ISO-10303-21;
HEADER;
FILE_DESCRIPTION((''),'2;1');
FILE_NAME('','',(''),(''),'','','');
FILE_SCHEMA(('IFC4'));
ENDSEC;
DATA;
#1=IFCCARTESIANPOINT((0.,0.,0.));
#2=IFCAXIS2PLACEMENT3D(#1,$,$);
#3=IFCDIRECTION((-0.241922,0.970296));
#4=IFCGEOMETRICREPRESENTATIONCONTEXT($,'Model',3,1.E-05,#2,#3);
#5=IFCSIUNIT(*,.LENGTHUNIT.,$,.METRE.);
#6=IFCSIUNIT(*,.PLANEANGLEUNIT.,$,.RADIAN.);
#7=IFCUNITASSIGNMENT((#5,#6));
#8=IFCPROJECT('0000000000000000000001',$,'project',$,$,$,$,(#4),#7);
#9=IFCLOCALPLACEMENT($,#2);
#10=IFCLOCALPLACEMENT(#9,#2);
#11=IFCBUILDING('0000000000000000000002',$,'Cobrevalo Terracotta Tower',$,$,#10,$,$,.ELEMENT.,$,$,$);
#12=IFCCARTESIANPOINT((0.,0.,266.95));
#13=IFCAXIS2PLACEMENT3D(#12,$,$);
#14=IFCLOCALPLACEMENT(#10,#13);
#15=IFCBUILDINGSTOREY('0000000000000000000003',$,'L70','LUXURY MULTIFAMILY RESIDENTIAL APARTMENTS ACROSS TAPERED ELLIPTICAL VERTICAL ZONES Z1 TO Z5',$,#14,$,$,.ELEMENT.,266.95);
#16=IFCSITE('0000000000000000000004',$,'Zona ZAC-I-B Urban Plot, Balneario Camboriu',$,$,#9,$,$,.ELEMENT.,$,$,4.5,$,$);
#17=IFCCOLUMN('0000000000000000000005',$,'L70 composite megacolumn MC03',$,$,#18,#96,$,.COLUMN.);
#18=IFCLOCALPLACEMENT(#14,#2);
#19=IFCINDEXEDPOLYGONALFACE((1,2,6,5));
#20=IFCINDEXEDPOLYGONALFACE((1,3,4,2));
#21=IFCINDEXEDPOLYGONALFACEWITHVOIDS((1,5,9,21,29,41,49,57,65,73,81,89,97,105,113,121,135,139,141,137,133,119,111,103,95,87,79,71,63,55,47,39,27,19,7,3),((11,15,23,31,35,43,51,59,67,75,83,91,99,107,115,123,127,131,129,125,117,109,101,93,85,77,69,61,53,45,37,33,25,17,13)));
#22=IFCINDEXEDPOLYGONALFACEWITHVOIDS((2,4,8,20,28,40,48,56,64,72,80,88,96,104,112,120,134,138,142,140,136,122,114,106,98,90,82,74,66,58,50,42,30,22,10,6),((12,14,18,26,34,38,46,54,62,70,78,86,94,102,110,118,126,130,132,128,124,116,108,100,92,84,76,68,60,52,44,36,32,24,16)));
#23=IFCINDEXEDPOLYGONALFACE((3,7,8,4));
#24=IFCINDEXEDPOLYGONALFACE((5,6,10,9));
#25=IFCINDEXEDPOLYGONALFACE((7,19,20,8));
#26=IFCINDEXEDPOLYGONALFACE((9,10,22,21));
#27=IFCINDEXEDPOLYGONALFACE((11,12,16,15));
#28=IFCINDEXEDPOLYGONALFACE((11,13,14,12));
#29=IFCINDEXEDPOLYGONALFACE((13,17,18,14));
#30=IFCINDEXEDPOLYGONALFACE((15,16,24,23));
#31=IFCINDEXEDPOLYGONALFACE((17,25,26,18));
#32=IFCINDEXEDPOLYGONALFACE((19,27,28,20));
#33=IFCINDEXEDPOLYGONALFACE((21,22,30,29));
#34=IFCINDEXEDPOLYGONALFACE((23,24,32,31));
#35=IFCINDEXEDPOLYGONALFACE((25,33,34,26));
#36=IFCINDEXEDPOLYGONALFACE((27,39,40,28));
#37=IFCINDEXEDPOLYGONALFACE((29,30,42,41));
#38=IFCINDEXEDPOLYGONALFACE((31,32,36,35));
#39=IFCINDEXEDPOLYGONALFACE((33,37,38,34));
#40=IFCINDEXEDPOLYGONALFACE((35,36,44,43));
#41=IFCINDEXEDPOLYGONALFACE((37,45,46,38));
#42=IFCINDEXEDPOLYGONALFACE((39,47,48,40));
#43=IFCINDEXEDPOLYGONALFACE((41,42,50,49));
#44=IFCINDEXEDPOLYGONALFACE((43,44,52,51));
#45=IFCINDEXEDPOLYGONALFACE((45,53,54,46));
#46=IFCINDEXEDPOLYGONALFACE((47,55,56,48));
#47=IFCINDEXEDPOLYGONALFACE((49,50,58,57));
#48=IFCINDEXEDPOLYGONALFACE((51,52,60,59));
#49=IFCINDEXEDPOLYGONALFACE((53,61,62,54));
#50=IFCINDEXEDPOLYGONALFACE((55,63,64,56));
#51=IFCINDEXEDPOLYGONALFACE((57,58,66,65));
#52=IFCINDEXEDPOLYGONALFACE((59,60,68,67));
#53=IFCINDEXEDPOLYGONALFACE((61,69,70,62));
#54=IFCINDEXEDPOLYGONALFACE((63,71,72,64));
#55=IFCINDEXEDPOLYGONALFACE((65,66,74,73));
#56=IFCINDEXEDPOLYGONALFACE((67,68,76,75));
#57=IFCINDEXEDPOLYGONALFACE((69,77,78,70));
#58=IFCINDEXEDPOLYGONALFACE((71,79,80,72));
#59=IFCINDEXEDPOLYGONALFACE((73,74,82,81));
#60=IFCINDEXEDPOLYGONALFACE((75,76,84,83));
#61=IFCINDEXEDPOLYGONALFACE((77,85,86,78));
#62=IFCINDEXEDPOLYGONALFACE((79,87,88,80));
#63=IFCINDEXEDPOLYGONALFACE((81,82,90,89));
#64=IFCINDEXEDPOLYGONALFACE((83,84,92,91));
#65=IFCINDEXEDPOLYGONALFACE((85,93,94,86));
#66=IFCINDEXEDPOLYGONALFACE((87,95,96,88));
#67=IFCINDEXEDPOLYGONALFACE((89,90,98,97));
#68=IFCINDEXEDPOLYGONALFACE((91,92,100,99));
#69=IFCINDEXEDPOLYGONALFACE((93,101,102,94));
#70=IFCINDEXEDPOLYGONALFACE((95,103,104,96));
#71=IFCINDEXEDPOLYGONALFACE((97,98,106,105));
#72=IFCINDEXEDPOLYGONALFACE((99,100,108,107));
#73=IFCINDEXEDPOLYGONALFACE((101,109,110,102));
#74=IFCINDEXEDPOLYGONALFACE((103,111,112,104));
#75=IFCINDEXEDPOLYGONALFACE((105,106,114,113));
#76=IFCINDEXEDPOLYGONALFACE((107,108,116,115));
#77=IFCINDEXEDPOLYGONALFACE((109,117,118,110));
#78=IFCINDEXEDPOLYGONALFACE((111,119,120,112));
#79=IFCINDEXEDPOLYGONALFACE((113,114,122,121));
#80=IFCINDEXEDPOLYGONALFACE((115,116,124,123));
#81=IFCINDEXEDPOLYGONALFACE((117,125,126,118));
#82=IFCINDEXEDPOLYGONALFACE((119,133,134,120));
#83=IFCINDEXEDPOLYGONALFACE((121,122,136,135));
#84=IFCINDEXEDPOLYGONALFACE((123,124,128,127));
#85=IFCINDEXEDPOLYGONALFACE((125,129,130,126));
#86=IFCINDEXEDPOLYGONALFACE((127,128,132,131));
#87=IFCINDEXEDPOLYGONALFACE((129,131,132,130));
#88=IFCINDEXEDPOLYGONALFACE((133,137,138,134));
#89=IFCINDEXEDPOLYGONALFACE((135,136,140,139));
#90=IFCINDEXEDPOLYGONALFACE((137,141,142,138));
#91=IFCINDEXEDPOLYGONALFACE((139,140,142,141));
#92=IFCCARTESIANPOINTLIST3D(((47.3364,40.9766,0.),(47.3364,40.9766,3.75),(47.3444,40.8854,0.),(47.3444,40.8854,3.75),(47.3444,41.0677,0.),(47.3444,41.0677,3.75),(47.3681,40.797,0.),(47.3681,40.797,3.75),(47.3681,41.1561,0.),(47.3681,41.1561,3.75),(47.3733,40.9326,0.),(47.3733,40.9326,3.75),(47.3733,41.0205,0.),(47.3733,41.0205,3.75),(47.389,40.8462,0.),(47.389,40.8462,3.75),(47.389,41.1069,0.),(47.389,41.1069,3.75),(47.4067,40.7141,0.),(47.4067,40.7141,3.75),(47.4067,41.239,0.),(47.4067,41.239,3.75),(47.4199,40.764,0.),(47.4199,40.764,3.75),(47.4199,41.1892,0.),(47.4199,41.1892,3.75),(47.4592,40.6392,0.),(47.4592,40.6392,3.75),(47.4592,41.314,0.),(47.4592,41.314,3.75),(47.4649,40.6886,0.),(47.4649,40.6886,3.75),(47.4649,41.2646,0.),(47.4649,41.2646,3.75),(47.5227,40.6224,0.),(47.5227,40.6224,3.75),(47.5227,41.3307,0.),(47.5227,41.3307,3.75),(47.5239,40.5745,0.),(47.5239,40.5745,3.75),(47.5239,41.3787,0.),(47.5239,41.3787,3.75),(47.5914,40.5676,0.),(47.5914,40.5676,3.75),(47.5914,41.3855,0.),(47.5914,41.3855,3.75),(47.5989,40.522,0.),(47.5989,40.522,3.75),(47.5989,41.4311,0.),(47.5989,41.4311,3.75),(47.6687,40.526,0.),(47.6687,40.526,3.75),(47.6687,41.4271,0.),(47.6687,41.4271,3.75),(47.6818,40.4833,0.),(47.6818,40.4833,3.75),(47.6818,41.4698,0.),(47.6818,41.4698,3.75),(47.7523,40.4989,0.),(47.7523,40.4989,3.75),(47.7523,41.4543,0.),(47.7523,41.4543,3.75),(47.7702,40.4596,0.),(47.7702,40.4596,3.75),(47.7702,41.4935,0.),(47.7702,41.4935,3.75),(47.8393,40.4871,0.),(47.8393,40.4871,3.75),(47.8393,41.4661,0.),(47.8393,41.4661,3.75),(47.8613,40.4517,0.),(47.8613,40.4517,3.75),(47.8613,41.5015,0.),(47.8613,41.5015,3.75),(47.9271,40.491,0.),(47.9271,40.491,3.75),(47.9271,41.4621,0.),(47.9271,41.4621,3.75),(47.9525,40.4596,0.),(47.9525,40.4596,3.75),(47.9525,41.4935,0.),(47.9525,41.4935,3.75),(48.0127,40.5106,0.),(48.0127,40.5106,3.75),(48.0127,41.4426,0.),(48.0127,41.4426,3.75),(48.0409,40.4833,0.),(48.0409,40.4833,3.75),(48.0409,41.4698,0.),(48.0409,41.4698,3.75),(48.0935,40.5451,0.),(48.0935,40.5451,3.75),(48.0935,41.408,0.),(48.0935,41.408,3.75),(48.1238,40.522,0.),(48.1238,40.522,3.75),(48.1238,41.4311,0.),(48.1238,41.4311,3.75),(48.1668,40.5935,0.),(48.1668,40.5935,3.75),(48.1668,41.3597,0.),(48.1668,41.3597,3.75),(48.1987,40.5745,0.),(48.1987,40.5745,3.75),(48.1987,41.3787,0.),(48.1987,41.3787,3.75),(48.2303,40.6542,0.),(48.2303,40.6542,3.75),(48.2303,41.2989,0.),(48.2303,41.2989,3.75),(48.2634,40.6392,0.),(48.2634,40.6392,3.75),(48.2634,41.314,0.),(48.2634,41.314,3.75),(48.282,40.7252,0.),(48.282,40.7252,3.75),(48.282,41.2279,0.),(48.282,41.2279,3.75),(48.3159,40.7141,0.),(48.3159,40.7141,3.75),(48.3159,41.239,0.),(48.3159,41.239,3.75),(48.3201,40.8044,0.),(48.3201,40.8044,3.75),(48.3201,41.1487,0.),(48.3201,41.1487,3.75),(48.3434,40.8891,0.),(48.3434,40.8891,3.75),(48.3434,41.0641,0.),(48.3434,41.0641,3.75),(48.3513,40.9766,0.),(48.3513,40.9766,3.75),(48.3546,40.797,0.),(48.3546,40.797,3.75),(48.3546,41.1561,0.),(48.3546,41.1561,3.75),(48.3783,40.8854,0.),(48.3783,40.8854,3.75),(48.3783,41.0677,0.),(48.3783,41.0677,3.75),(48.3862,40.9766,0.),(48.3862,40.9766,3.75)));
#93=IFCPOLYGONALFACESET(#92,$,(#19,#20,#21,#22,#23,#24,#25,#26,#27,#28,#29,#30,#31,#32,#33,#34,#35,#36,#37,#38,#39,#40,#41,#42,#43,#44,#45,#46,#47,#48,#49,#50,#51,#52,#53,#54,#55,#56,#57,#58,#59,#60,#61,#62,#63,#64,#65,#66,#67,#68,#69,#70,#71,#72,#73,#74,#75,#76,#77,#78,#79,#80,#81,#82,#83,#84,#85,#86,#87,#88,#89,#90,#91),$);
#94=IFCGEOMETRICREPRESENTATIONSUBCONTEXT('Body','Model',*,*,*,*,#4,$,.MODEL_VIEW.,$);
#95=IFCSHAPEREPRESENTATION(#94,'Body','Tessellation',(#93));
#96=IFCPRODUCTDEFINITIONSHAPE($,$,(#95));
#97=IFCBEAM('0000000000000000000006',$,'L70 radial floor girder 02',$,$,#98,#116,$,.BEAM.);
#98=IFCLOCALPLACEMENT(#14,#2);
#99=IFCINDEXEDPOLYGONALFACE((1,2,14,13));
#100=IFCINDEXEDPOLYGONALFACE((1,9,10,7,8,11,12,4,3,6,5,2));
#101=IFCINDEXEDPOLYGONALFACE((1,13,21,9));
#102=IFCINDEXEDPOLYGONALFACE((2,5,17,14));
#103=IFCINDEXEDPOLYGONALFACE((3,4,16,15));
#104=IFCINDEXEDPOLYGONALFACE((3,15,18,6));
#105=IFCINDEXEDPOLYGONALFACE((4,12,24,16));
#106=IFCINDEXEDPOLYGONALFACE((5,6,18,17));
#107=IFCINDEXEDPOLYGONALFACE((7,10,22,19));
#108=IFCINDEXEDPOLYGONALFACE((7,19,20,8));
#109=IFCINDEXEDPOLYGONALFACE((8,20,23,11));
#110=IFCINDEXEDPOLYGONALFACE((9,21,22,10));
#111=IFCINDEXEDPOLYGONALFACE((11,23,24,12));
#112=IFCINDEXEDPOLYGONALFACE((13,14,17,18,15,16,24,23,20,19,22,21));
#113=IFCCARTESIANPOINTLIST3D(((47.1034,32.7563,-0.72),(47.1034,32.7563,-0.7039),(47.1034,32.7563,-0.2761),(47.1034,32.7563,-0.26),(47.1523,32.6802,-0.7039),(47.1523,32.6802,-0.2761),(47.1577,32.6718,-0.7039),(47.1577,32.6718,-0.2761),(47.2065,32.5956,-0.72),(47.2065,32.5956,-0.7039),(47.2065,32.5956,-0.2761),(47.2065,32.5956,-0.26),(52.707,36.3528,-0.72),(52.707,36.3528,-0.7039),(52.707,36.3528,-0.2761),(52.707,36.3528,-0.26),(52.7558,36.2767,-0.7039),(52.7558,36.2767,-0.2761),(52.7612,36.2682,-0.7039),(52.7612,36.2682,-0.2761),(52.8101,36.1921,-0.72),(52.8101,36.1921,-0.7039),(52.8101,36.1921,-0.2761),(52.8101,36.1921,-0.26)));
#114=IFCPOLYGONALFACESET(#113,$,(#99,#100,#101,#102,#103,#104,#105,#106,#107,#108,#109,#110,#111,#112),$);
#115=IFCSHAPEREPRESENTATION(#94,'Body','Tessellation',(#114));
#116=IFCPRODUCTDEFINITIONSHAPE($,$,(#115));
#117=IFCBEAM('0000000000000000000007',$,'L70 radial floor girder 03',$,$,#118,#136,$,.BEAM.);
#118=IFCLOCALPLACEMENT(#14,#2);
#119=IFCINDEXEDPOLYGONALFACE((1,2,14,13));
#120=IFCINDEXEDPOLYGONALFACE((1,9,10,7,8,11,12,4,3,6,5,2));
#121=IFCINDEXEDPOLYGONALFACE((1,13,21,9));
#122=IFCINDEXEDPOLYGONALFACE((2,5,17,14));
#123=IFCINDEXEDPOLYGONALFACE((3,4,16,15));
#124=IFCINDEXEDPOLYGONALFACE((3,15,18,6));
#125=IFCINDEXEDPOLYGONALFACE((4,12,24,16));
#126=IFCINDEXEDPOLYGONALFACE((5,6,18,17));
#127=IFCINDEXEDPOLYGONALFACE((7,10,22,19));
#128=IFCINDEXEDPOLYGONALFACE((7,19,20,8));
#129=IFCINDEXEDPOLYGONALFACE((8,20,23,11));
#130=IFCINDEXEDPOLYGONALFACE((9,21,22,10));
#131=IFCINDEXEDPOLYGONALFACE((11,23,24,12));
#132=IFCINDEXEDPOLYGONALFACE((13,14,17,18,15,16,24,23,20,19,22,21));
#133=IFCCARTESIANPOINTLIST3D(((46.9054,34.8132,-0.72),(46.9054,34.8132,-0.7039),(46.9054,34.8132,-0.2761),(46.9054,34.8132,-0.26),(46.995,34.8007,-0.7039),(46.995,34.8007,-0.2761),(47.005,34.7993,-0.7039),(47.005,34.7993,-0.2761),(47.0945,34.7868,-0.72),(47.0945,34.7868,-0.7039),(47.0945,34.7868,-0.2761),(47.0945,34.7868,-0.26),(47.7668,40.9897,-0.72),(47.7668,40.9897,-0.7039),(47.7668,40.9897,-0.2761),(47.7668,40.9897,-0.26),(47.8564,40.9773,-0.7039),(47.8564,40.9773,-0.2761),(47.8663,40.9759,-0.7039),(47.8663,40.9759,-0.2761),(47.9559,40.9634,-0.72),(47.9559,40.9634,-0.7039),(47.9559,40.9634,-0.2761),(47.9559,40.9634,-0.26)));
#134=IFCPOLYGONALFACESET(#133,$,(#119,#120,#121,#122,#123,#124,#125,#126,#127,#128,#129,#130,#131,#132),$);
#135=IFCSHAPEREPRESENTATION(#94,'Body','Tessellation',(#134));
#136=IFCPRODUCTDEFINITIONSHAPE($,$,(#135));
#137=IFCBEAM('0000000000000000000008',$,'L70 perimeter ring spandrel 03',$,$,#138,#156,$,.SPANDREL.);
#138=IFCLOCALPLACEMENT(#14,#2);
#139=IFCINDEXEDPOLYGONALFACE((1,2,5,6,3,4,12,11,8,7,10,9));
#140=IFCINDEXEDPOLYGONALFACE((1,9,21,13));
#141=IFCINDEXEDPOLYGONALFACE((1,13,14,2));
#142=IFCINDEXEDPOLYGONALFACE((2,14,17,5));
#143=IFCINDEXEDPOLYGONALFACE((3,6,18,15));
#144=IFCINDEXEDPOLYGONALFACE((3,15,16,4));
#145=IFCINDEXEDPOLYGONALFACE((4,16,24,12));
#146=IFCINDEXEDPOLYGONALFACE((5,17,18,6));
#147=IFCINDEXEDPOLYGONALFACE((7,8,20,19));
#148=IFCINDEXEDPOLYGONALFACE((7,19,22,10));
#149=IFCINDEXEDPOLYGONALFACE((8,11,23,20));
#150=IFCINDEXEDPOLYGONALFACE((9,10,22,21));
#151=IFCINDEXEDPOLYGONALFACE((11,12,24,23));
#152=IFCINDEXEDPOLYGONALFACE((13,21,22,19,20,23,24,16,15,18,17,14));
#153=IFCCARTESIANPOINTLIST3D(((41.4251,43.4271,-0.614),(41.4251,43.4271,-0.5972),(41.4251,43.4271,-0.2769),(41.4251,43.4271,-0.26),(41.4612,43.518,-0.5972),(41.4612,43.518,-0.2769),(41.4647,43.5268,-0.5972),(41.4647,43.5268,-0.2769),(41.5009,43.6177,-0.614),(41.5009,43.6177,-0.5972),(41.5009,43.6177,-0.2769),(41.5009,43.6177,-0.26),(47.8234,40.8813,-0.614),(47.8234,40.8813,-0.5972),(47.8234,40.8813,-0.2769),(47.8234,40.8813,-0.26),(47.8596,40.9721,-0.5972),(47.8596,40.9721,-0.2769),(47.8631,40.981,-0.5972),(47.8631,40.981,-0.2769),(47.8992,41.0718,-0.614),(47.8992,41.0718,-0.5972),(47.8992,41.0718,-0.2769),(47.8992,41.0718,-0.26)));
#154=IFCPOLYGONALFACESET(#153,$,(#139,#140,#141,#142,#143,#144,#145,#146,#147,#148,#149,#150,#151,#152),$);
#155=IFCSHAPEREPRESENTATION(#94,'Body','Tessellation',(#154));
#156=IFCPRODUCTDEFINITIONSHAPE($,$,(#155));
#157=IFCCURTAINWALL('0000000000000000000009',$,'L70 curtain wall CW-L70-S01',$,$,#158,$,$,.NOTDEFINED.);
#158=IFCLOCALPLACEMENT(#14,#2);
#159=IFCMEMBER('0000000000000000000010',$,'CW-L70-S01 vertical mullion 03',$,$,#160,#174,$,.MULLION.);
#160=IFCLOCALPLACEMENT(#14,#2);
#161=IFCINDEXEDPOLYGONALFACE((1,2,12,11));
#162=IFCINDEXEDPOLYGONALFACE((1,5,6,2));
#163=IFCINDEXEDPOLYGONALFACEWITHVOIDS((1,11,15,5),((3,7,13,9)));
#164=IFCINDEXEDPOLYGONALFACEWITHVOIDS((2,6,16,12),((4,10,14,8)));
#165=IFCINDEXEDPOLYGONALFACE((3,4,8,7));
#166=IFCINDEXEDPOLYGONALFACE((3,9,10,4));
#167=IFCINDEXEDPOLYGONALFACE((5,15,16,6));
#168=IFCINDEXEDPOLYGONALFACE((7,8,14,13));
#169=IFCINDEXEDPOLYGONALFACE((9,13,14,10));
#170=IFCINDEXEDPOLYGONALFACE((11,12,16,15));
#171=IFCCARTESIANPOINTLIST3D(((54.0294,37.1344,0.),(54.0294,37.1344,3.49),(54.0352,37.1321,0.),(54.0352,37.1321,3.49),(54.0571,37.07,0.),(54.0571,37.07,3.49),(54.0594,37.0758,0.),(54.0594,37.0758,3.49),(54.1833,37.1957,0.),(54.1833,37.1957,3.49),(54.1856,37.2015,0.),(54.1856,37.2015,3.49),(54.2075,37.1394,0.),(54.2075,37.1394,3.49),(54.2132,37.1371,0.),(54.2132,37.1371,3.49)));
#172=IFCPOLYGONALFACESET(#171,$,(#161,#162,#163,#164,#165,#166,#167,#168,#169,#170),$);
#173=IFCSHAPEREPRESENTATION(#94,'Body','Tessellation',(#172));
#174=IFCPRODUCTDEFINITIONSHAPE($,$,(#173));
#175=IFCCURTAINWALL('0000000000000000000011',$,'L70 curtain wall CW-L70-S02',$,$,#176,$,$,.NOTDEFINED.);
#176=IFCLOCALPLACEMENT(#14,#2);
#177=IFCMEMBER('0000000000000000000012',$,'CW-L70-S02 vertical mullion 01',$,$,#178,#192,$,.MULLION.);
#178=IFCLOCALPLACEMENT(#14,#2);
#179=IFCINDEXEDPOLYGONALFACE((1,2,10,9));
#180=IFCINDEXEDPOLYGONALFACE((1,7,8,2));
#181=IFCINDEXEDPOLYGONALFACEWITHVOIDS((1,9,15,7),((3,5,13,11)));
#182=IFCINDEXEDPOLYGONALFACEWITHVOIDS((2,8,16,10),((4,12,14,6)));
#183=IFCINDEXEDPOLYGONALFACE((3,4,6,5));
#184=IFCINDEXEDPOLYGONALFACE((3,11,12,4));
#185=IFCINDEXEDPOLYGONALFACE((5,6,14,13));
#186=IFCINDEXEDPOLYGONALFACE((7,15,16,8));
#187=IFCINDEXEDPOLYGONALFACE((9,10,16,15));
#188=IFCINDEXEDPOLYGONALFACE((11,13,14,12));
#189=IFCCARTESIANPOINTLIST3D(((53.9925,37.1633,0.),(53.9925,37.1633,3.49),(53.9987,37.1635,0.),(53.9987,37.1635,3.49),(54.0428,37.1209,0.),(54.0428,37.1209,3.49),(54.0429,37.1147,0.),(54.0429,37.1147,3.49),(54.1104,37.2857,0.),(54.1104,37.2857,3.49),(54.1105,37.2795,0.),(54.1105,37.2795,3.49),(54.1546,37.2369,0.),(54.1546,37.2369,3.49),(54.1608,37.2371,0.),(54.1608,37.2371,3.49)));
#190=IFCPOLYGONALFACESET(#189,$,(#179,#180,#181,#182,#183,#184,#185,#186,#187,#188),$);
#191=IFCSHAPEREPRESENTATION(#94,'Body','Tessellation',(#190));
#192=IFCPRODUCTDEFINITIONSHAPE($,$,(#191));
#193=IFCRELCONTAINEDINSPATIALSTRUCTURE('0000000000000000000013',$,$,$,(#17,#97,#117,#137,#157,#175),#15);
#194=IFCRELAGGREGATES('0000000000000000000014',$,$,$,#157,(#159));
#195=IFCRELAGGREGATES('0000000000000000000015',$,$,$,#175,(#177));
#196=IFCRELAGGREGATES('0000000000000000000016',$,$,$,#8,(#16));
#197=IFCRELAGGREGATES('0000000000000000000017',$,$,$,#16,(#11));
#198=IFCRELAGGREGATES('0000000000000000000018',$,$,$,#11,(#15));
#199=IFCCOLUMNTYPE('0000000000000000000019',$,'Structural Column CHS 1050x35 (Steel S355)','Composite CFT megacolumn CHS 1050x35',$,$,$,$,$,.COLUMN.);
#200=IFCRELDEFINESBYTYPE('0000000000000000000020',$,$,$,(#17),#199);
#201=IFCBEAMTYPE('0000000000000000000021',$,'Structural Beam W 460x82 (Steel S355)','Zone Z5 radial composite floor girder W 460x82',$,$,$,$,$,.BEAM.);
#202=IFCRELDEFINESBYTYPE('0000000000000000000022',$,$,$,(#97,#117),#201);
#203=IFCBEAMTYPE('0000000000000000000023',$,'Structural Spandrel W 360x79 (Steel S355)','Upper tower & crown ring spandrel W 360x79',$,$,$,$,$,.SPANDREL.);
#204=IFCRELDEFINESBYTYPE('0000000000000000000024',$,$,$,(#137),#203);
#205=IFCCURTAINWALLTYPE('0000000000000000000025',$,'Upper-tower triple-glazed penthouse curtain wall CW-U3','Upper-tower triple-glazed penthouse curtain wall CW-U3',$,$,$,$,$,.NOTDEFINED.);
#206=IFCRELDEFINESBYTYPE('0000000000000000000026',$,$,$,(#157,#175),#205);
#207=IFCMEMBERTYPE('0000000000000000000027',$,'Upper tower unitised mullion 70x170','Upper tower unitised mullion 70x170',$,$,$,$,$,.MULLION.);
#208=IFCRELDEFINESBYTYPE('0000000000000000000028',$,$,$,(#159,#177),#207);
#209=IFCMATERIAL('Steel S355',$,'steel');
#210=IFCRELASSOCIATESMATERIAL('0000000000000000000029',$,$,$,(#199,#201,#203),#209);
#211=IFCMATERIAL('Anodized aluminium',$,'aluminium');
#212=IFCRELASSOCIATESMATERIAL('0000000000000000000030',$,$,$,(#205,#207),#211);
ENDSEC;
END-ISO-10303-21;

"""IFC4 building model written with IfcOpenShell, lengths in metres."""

from ifc_helpers import new_model, si_unit, direction, frame, origin, origin_2d, place, context, subcontext, project, spatial, hollow_rectangle, hollow_circle, i_section, extrude, source, transform, mapped, material, material_profile, profile_set, type_object, element, aggregate, save


model = new_model("IFC4")

# Units and contexts
model_context = context("Model", 3, precision=1e-05, world=origin(), true_north=direction((-0.241922, 0.970296)))
body_context = subcontext(model_context, "Body", "Model", "MODEL_VIEW")
ifc_project = project(units=[si_unit("LENGTHUNIT", "METRE"), si_unit("PLANEANGLEUNIT", "RADIAN")], contexts=[model_context])

# Site, building, storey
site_placement = place(None, origin())
site = spatial("IfcSite", under=ifc_project, at=site_placement, Name="Zona ZAC-I-B Urban Plot, Balneario Camboriu", CompositionType="ELEMENT", RefElevation=4.5)
building_placement = place(site_placement, origin())
building = spatial("IfcBuilding", under=site, at=building_placement, Name="Cobrevalo Terracotta Tower", CompositionType="ELEMENT")
storey_placement = place(building_placement, frame((0.0, 0.0, 266.95)))
storey = spatial("IfcBuildingStorey", under=building, at=storey_placement, Name="L70", Description="LUXURY MULTIFAMILY RESIDENTIAL APARTMENTS ACROSS TAPERED ELLIPTICAL VERTICAL ZONES Z1 TO Z5", CompositionType="ELEMENT", Elevation=266.95)

# Column
ifc_material_1 = material(Name="Steel S355", Category="steel")
ifc_material_profile_1 = material_profile(ifc_material_1, hollow_circle(Radius=0.5249, WallThickness=0.0349, at=origin_2d()), Name="CHS 1050x35")
ifc_profile_set_1 = profile_set([ifc_material_profile_1], Name="Steel S355")
column_type = type_object("IfcColumnType", Name="Structural Column CHS 1050x35 (Steel S355)", Description="Composite CFT megacolumn CHS 1050x35", PredefinedType="COLUMN", material=ifc_profile_set_1)
column_placement = place(storey_placement, frame((47.8613, 40.9766, 0.0), z_axis=(0.0, 0.0, 1.0), x_axis=(1.0, 0.0, 0.0)))
element("IfcColumn", 1, at=column_placement, inside=storey, type_object=column_type, Name="L70 composite megacolumn MC03", PredefinedType="COLUMN", context=body_context, shape_type="SweptSolid", body=[
    extrude(hollow_circle(Radius=0.5249, WallThickness=0.0349, at=origin_2d()), origin(), (0.0, 0.0, 1.0), 3.75),
])

# Beams
ifc_material_profile_2 = material_profile(ifc_material_1, i_section(OverallWidth=0.1909, OverallDepth=0.46, WebThickness=0.01, FlangeThickness=0.0161, at=origin_2d()), Name="W 460x82")
ifc_profile_set_2 = profile_set([ifc_material_profile_2], Name="Steel S355")
beam_type_1 = type_object("IfcBeamType", Name="Structural Beam W 460x82 (Steel S355)", Description="Zone Z5 radial composite floor girder W 460x82", PredefinedType="BEAM", material=ifc_profile_set_2)
beam_1_placement = place(storey_placement, frame((52.7585, 36.2725, -0.49), z_axis=(-0.841576, -0.540138, 0.0), x_axis=(0.540138, -0.841576, 0.0)))
element("IfcBeam", 2, at=beam_1_placement, inside=storey, type_object=beam_type_1, Name="L70 radial floor girder 02", PredefinedType="BEAM", context=body_context, shape_type="SweptSolid", body=[
    extrude(i_section(OverallWidth=0.1909, OverallDepth=0.46, WebThickness=0.01, FlangeThickness=0.0161, at=origin_2d()), origin(), (0.0, 0.0, 1.0), 6.6584),
])
beam_2_placement = place(storey_placement, frame((47.8613, 40.9766, -0.49), z_axis=(-0.138116, -0.990416, 0.0), x_axis=(0.990416, -0.138116, 0.0)))
element("IfcBeam", 3, at=beam_2_placement, inside=storey, type_object=beam_type_1, Name="L70 radial floor girder 03", PredefinedType="BEAM", context=body_context, shape_type="SweptSolid", body=[
    extrude(i_section(OverallWidth=0.1909, OverallDepth=0.46, WebThickness=0.01, FlangeThickness=0.0161, at=origin_2d()), origin(), (0.0, 0.0, 1.0), 6.2363),
])
ifc_material_profile_3 = material_profile(ifc_material_1, i_section(OverallWidth=0.2051, OverallDepth=0.354, WebThickness=0.0095, FlangeThickness=0.0168, at=origin_2d()), Name="W 360x79")
ifc_profile_set_3 = profile_set([ifc_material_profile_3], Name="Steel S355")
beam_type_2 = type_object("IfcBeamType", Name="Structural Spandrel W 360x79 (Steel S355)", Description="Upper tower & crown ring spandrel W 360x79", PredefinedType="SPANDREL", material=ifc_profile_set_3)
beam_3_placement = place(storey_placement, frame((47.8613, 40.9766, -0.437), z_axis=(-0.92915, 0.369703, 0.0), x_axis=(-0.369703, -0.92915, 0.0)))
element("IfcBeam", 4, at=beam_3_placement, inside=storey, type_object=beam_type_2, Name="L70 perimeter ring spandrel 03", PredefinedType="SPANDREL", context=body_context, shape_type="SweptSolid", body=[
    extrude(i_section(OverallWidth=0.2051, OverallDepth=0.354, WebThickness=0.0095, FlangeThickness=0.0168, at=origin_2d()), origin(), (0.0, 0.0, 1.0), 6.8862),
])

# Curtain wall, member
ifc_material_2 = material(Name="Anodized aluminium", Category="aluminium")
curtain_wall_type = type_object("IfcCurtainWallType", Name="Upper-tower triple-glazed penthouse curtain wall CW-U3", Description="Upper-tower triple-glazed penthouse curtain wall CW-U3", PredefinedType="NOTDEFINED", material=ifc_material_2)
curtain_wall_1_placement = place(storey_placement, origin())
curtain_wall_1 = element("IfcCurtainWall", 5, at=curtain_wall_1_placement, inside=storey, type_object=curtain_wall_type, Name="L70 curtain wall CW-L70-S01", PredefinedType="NOTDEFINED")
ifc_material_profile_4 = material_profile(ifc_material_2, hollow_rectangle(XDim=0.0701, YDim=0.1699, WallThickness=0.0044, at=origin_2d()), Name="CWM 70x170")
ifc_profile_set_4 = profile_set([ifc_material_profile_4], Name="Anodized aluminium")
member_type_1 = type_object("IfcMemberType", Name="Upper tower unitised mullion 70x170", Description="Upper tower unitised mullion 70x170", PredefinedType="MULLION", material=ifc_profile_set_4)
shared_shape_1 = source(origin(), body_context, "Body", "SweptSolid", [
    extrude(hollow_rectangle(XDim=0.0701, YDim=0.1699, WallThickness=0.0044, at=origin_2d()), origin(), (0.0, 0.0, 1.0), 3.49),
])
member_1_placement = place(storey_placement, frame((54.1213, 37.1357, 0.0), z_axis=(0.0, 0.0, 1.0), x_axis=(-0.394824, 0.918757, 0.0)))
member_1 = element("IfcMember", 6, at=member_1_placement, type_object=member_type_1, Name="CW-L70-S01 vertical mullion 03", PredefinedType="MULLION", context=body_context, shape_type="MappedRepresentation", body=[
    mapped(shared_shape_1, transform((0.0, 0.0, 0.0), scale=1.0)),
])
aggregate(curtain_wall_1, [member_1])

# Curtain wall, member
curtain_wall_2_placement = place(storey_placement, origin())
curtain_wall_2 = element("IfcCurtainWall", 7, at=curtain_wall_2_placement, inside=storey, type_object=curtain_wall_type, Name="L70 curtain wall CW-L70-S02", PredefinedType="NOTDEFINED")
member_2_placement = place(storey_placement, frame((54.0767, 37.2002, 0.0), z_axis=(0.0, 0.0, 1.0), x_axis=(-0.719994, 0.69398, 0.0)))
member_2 = element("IfcMember", 8, at=member_2_placement, type_object=member_type_1, Name="CW-L70-S02 vertical mullion 01", PredefinedType="MULLION", context=body_context, shape_type="MappedRepresentation", body=[
    mapped(shared_shape_1, transform((0.0, 0.0, 0.0), scale=1.0)),
])

aggregate(curtain_wall_2, [member_2])

save(model, "model.ifc")
